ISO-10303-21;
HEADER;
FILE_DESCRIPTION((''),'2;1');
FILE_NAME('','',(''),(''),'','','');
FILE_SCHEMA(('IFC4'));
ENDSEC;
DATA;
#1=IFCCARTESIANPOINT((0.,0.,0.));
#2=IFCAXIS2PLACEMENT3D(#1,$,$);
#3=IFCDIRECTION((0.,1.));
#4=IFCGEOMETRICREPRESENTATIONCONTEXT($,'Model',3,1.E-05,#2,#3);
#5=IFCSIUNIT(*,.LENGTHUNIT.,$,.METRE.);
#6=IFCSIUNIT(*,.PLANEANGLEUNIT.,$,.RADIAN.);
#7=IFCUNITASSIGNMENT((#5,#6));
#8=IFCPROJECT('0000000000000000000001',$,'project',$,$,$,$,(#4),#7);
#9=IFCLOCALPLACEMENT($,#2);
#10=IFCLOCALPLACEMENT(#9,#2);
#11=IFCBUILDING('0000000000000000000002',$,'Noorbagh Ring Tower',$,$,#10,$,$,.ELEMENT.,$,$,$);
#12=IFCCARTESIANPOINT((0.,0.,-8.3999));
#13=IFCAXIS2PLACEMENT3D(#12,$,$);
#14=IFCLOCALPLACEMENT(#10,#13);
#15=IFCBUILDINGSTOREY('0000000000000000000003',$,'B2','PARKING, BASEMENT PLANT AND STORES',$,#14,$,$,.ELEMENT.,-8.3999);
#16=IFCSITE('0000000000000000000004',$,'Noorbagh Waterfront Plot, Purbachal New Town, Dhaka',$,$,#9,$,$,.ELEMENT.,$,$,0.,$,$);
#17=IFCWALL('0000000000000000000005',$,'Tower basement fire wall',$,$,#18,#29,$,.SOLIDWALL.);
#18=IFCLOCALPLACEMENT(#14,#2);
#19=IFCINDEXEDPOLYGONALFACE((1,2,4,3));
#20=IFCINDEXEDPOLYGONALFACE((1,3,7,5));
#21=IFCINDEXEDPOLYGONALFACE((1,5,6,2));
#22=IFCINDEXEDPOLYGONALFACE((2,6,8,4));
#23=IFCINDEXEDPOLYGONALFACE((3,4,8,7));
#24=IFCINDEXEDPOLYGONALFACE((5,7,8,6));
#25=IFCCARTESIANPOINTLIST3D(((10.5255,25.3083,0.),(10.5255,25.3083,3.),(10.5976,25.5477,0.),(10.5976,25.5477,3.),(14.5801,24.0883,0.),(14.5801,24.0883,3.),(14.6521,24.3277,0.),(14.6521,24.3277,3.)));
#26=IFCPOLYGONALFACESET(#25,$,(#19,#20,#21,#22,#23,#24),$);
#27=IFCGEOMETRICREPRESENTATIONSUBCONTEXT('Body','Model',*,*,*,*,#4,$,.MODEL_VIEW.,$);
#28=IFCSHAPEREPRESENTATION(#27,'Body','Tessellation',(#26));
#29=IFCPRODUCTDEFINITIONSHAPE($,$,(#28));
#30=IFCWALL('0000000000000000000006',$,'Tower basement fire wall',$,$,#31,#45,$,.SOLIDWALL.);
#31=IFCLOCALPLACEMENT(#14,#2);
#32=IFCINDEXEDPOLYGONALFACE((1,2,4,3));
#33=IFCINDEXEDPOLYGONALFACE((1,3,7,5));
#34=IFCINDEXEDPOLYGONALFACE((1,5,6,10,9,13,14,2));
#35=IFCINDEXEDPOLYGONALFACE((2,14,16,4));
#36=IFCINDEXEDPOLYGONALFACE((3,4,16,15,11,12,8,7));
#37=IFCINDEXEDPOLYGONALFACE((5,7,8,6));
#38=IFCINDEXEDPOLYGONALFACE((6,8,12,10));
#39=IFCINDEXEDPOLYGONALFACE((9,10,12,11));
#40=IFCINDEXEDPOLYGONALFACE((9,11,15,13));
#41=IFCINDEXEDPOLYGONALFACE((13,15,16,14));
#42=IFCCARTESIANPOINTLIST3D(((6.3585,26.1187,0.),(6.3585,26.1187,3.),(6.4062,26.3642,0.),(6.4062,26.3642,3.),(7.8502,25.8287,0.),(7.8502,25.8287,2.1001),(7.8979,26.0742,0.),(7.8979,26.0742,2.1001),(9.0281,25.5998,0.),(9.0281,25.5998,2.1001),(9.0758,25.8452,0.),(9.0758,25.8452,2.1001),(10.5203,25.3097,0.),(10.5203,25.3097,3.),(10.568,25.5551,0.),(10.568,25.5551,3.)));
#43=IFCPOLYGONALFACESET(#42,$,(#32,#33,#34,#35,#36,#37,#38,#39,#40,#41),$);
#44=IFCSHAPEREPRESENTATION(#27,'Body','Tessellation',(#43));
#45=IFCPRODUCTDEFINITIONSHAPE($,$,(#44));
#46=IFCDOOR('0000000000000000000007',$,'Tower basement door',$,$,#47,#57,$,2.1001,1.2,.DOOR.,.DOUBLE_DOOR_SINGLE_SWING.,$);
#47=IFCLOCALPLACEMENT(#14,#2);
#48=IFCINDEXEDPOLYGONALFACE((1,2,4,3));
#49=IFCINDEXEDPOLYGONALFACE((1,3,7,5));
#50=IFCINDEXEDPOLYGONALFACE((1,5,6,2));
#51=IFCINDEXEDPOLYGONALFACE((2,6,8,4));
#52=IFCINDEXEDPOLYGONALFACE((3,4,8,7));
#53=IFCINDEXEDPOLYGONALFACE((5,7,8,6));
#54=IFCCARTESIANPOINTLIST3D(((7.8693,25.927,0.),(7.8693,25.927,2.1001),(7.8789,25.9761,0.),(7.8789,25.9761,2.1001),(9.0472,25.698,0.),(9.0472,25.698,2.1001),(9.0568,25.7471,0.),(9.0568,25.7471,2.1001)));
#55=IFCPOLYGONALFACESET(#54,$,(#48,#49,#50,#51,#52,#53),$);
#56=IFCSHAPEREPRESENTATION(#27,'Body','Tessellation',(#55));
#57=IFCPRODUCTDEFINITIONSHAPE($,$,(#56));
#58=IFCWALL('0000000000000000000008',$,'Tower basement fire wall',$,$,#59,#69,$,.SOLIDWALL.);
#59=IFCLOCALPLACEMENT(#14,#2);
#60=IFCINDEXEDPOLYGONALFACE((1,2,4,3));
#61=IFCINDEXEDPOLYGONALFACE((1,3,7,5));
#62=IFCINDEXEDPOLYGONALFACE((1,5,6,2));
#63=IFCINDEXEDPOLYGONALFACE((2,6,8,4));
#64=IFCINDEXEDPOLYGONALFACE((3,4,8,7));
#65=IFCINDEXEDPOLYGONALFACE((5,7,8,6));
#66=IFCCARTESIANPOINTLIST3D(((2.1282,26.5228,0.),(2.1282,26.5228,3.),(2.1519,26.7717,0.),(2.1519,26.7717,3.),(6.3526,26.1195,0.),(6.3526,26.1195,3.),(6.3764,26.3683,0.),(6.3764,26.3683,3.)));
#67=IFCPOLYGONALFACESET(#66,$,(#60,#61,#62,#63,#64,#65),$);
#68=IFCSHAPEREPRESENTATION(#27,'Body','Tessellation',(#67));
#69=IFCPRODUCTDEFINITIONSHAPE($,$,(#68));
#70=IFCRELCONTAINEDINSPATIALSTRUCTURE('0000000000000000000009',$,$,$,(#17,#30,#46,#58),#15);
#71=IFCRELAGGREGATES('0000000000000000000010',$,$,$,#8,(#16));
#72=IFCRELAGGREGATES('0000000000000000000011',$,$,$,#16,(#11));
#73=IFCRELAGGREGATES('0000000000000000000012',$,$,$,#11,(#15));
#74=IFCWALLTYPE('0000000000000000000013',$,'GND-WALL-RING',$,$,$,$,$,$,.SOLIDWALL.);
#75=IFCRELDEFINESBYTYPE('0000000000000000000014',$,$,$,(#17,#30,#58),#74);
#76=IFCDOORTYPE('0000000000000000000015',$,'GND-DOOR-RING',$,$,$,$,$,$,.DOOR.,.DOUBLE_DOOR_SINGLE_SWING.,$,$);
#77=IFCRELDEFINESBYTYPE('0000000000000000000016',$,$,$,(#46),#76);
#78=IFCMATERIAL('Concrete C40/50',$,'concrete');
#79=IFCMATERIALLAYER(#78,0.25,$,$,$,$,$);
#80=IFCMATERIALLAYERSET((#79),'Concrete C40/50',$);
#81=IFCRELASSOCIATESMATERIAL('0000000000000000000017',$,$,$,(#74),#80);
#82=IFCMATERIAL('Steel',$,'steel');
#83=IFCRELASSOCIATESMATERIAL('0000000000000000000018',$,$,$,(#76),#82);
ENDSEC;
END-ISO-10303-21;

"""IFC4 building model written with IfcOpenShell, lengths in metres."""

from ifc_helpers import new_model, si_unit, direction, frame, frame_2d, origin, place, context, subcontext, project, spatial, rectangle, extrude, material, layer, layer_set, type_object, element, fill, save


model = new_model("IFC4")

# Units and contexts
model_context = context("Model", 3, precision=1e-05, world=origin(), true_north=direction((0.0, 1.0)))
body_context = subcontext(model_context, "Body", "Model", "MODEL_VIEW")
ifc_project = project(units=[si_unit("LENGTHUNIT", "METRE"), si_unit("PLANEANGLEUNIT", "RADIAN")], contexts=[model_context])

# Site, building, storey
site_placement = place(None, origin())
site = spatial("IfcSite", under=ifc_project, at=site_placement, Name="Noorbagh Waterfront Plot, Purbachal New Town, Dhaka", CompositionType="ELEMENT", RefElevation=0.0)
building_placement = place(site_placement, origin())
building = spatial("IfcBuilding", under=site, at=building_placement, Name="Noorbagh Ring Tower", CompositionType="ELEMENT")
storey_placement = place(building_placement, frame((0.0, 0.0, -8.3999)))
storey = spatial("IfcBuildingStorey", under=building, at=storey_placement, Name="B2", Description="PARKING, BASEMENT PLANT AND STORES", CompositionType="ELEMENT", Elevation=-8.3999)

# Wall
ifc_material_1 = material(Name="Concrete C40/50", Category="concrete")
ifc_layer = layer(ifc_material_1, 0.25)
ifc_layer_set = layer_set([ifc_layer], Name="Concrete C40/50")
wall_type = type_object("IfcWallType", Name="GND-WALL-RING", PredefinedType="SOLIDWALL", material=ifc_layer_set)
wall_1_placement = place(storey_placement, frame((14.6162, 24.208, 0.0), z_axis=(0.0, 0.0, 1.0), x_axis=(-0.957589, 0.288136, 0.0)))
element("IfcWall", 1, at=wall_1_placement, inside=storey, type_object=wall_type, Name="Tower basement fire wall", PredefinedType="SOLIDWALL", context=body_context, shape_type="SweptSolid", body=[
    extrude(rectangle(XDim=4.2341, YDim=0.25, at=frame_2d((2.1172, 0.0))), origin(), (0.0, 0.0, 1.0), 3.0),
])

# Wall, opening, door
wall_2_placement = place(storey_placement, frame((10.5442, 25.4324, 0.0), z_axis=(0.0, 0.0, 1.0), x_axis=(-0.981623, 0.190831, 0.0)))
wall_2 = element("IfcWall", 2, at=wall_2_placement, inside=storey, type_object=wall_type, Name="Tower basement fire wall", PredefinedType="SOLIDWALL", context=body_context, shape_type="SweptSolid", body=[
    extrude(rectangle(XDim=4.2397, YDim=0.25, at=frame_2d((2.1199, 0.0))), origin(), (0.0, 0.0, 1.0), 3.0),
])
opening_placement = place(wall_2_placement, frame((1.52, 0.0, 0.0)))
opening = element("IfcOpeningElement", 3, at=opening_placement, cuts=wall_2, PredefinedType="OPENING", context=body_context, shape_type="SweptSolid", body=[
    extrude(rectangle(XDim=1.2, YDim=2.1001, at=frame_2d((0.6001, 1.05))), frame((0.0, 0.135, 0.0), z_axis=(0.0, -1.0, 0.0), x_axis=(1.0, 0.0, 0.0)), (0.0, 0.0, 1.0), 0.27),
])
ifc_material_2 = material(Name="Steel", Category="steel")
door_type = type_object("IfcDoorType", Name="GND-DOOR-RING", OperationType="DOUBLE_DOOR_SINGLE_SWING", PredefinedType="DOOR", material=ifc_material_2)
door_placement = place(opening_placement, origin())
door = element("IfcDoor", 4, at=door_placement, inside=storey, type_object=door_type, Name="Tower basement door", OperationType="DOUBLE_DOOR_SINGLE_SWING", OverallHeight=2.1001, OverallWidth=1.2, PredefinedType="DOOR", context=body_context, shape_type="SweptSolid", body=[
    extrude(rectangle(XDim=1.2, YDim=2.1001, at=frame_2d((0.6001, 1.05))), frame((0.0, 0.0249, 0.0), z_axis=(0.0, -1.0, 0.0), x_axis=(1.0, 0.0, 0.0)), (0.0, 0.0, 1.0), 0.05),
])
fill(opening, door)

# Wall
wall_3_placement = place(storey_placement, frame((6.3645, 26.2439, 0.0), z_axis=(0.0, 0.0, 1.0), x_axis=(-0.995473, 0.095043, 0.0)))
element("IfcWall", 5, at=wall_3_placement, inside=storey, type_object=wall_type, Name="Tower basement fire wall", PredefinedType="SOLIDWALL", context=body_context, shape_type="SweptSolid", body=[
    extrude(rectangle(XDim=4.2437, YDim=0.25, at=frame_2d((2.1218, 0.0))), origin(), (0.0, 0.0, 1.0), 3.0),
])

save(model, "model.ifc")
